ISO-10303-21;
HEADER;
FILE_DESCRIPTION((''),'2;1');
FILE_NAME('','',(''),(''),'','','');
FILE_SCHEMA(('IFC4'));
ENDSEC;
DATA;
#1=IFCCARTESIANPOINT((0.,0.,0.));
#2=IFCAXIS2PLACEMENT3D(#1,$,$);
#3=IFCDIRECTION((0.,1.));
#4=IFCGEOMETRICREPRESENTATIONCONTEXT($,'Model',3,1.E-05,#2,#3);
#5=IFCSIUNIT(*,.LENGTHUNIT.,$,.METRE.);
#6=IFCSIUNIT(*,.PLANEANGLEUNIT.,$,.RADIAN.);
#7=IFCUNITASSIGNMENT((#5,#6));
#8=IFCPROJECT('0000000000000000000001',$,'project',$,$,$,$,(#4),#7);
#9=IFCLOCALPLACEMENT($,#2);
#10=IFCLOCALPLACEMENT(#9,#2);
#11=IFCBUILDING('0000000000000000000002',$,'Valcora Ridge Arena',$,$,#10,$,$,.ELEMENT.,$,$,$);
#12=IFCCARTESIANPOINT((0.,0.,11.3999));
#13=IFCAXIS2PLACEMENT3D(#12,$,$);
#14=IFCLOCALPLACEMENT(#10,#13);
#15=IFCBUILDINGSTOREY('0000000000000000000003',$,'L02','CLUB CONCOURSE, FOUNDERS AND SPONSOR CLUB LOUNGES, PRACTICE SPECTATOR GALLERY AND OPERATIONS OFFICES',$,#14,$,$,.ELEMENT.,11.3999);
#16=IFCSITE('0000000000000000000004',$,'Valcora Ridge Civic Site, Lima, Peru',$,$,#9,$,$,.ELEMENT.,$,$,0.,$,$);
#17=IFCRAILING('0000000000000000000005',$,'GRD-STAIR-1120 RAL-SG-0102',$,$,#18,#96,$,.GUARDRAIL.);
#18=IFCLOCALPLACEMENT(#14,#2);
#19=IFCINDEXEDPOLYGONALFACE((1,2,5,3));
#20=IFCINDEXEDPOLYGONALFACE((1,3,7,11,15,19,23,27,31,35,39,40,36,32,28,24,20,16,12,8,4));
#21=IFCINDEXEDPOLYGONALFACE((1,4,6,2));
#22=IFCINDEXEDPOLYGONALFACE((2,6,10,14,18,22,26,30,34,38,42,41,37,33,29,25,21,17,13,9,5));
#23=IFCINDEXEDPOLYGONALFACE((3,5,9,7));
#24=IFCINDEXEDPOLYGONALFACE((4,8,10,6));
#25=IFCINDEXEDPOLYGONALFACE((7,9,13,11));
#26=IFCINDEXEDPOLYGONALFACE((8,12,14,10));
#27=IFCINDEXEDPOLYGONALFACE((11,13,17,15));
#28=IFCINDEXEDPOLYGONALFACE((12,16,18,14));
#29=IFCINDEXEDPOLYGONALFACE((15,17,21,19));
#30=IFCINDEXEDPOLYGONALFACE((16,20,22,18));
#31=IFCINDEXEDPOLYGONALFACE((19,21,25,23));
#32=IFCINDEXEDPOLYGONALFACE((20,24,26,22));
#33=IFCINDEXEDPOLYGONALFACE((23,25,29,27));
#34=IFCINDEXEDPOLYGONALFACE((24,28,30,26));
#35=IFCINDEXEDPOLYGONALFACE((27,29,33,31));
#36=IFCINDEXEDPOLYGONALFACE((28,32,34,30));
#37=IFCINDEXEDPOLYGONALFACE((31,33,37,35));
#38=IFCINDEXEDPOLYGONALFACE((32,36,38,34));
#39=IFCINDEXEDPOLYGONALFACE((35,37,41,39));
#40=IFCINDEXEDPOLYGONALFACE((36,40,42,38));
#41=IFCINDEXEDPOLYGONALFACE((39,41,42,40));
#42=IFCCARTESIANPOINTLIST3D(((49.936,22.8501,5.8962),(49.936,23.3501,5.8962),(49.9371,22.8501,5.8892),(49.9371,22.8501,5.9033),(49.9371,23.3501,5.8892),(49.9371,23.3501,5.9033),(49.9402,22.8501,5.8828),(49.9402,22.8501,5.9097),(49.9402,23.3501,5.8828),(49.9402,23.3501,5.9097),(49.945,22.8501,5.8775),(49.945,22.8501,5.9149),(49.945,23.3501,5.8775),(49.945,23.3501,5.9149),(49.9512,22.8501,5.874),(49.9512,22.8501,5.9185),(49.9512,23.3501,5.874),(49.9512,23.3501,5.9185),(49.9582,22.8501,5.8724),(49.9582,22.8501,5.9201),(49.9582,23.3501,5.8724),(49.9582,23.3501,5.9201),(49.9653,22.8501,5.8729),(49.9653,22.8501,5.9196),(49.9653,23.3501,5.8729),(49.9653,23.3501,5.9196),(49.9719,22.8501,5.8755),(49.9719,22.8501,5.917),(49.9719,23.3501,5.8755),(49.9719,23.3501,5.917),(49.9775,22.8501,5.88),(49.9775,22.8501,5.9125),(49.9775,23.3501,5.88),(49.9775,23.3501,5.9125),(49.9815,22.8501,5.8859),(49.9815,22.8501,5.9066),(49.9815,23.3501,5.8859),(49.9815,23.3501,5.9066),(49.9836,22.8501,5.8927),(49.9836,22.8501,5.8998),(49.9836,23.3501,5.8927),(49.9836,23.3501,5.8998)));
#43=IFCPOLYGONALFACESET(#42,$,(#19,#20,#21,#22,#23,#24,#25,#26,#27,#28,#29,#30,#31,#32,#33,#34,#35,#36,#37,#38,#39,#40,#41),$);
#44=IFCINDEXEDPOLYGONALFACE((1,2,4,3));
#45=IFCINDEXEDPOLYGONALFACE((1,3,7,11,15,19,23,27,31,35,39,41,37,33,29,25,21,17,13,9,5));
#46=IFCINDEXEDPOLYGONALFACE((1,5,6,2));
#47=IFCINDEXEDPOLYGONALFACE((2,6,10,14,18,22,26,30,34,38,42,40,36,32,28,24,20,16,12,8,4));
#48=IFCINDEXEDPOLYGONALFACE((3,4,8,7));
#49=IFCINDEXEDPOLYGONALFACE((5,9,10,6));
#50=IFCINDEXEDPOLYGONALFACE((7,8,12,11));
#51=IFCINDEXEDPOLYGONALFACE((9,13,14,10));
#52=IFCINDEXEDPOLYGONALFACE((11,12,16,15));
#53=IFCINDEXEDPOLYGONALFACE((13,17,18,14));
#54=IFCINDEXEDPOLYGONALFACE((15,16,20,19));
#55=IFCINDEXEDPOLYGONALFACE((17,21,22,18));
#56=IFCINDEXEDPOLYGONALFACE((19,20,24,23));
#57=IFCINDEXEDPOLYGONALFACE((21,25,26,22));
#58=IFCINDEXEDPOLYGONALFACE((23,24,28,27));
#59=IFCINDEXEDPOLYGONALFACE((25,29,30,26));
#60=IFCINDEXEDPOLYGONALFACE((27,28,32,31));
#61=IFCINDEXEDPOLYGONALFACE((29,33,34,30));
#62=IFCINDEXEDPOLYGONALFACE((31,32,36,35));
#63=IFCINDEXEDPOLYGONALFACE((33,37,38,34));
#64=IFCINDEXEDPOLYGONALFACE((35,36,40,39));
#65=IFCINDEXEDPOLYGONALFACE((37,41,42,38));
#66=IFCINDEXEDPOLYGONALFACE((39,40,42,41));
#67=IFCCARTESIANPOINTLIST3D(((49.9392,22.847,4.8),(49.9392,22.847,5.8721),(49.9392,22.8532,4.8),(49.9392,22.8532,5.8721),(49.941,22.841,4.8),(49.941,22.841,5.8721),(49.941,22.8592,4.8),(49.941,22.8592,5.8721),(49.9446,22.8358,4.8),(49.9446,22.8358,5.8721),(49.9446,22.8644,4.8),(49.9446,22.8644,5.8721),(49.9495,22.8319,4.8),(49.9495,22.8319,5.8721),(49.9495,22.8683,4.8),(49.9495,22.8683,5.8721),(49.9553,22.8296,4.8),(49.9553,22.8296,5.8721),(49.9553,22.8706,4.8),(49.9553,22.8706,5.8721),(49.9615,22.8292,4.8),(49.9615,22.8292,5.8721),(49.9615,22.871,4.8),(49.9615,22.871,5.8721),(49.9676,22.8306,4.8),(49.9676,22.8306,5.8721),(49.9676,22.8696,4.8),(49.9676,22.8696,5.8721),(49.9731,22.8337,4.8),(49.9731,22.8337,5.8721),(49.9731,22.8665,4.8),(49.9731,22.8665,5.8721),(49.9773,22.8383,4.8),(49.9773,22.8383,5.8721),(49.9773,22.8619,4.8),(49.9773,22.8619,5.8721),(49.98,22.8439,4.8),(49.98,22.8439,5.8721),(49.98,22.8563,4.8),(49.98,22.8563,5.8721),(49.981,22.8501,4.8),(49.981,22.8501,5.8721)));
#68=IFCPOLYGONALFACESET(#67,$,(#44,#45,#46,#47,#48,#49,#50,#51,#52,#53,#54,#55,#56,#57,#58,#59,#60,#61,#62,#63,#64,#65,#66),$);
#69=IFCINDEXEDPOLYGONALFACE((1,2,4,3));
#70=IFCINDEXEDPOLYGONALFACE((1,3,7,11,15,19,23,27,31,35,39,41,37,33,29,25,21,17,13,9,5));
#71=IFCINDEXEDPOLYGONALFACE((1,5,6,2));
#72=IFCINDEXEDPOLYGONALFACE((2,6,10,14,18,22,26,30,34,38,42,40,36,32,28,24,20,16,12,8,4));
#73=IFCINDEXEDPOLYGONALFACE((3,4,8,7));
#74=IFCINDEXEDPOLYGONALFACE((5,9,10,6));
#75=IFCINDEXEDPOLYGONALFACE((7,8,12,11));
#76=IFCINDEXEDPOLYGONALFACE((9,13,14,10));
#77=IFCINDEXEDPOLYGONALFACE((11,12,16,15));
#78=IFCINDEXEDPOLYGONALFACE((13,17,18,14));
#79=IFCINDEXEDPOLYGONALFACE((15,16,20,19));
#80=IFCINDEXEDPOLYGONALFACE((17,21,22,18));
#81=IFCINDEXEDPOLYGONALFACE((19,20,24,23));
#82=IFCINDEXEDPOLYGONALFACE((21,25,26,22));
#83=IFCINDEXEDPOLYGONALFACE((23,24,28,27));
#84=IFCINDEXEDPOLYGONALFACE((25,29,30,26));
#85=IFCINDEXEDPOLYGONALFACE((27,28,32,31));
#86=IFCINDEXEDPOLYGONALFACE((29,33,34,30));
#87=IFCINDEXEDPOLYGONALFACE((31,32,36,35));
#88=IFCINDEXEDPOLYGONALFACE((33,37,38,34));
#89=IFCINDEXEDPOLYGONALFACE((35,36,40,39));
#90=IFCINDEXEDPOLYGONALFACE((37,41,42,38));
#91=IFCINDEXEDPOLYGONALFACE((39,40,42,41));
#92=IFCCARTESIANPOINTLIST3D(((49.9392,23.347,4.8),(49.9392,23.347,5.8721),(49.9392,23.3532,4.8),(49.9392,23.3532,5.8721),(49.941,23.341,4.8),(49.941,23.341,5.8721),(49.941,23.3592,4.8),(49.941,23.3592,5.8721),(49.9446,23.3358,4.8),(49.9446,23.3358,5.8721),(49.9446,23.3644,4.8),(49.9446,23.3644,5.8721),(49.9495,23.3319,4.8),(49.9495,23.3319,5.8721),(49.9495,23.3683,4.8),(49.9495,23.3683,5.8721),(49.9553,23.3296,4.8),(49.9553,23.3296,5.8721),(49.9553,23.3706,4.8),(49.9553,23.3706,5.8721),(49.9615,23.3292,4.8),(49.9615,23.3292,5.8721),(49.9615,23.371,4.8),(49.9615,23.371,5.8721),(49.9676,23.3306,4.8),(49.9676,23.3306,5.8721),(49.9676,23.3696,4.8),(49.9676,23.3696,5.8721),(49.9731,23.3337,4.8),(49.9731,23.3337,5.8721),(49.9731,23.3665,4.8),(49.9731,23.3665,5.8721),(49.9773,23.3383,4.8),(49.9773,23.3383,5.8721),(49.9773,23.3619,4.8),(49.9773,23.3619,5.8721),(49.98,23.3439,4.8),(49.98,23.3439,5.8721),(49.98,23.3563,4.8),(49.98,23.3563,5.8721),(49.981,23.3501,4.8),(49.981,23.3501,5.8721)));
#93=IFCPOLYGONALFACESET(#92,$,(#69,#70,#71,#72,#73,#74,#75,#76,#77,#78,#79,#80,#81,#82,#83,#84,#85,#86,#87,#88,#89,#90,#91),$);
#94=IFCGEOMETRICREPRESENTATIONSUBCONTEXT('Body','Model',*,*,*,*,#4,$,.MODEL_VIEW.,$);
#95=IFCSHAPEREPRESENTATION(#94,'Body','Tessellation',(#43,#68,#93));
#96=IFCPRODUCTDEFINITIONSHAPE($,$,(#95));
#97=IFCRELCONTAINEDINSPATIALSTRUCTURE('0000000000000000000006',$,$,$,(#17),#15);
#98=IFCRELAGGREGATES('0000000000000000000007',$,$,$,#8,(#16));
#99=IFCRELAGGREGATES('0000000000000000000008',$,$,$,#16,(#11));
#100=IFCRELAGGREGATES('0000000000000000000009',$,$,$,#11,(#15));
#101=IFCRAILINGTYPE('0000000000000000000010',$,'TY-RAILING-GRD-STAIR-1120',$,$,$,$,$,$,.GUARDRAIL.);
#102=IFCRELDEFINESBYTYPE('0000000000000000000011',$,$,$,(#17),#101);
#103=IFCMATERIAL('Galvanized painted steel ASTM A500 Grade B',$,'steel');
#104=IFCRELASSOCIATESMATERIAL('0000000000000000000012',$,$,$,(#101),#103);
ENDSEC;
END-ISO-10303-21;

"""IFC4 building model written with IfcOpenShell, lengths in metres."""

from ifc_helpers import new_model, si_unit, direction, frame, origin, origin_2d, place, context, subcontext, project, spatial, circle, extrude, material, type_object, element, save


model = new_model("IFC4")

# Units and contexts
model_context = context("Model", 3, precision=1e-05, world=origin(), true_north=direction((0.0, 1.0)))
body_context = subcontext(model_context, "Body", "Model", "MODEL_VIEW")
ifc_project = project(units=[si_unit("LENGTHUNIT", "METRE"), si_unit("PLANEANGLEUNIT", "RADIAN")], contexts=[model_context])

# Site, building, storey
site_placement = place(None, origin())
site = spatial("IfcSite", under=ifc_project, at=site_placement, Name="Valcora Ridge Civic Site, Lima, Peru", CompositionType="ELEMENT", RefElevation=0.0)
building_placement = place(site_placement, origin())
building = spatial("IfcBuilding", under=site, at=building_placement, Name="Valcora Ridge Arena", CompositionType="ELEMENT")
storey_placement = place(building_placement, frame((0.0, 0.0, 11.3999)))
storey = spatial("IfcBuildingStorey", under=building, at=storey_placement, Name="L02", Description="CLUB CONCOURSE, FOUNDERS AND SPONSOR CLUB LOUNGES, PRACTICE SPECTATOR GALLERY AND OPERATIONS OFFICES", CompositionType="ELEMENT", Elevation=11.3999)

# Railing
ifc_material_1 = material(Name="Galvanized painted steel ASTM A500 Grade B", Category="steel")
railing_type_1 = type_object("IfcRailingType", Name="TY-RAILING-GRD-STAIR-1120", PredefinedType="GUARDRAIL", material=ifc_material_1)
railing_1_placement = place(storey_placement, frame((49.96, 22.8501, 4.8)))
element("IfcRailing", 1, at=railing_1_placement, inside=storey, type_object=railing_type_1, Name="GRD-STAIR-1120 RAL-SG-0102", PredefinedType="GUARDRAIL", context=body_context, shape_type="SweptSolid", body=[
    extrude(circle(Radius=0.0239, at=origin_2d()), frame((0.0, 0.0, 1.0962), z_axis=(0.0, 1.0, 0.0), x_axis=(-1.0, 0.0, 0.0)), (0.0, 0.0, 1.0), 0.5),
    extrude(circle(Radius=0.021, at=origin_2d()), origin(), (0.0, 0.0, 1.0), 1.072),
    extrude(circle(Radius=0.021, at=origin_2d()), frame((0.0, 0.5, 0.0)), (0.0, 0.0, 1.0), 1.072),
])

save(model, "model.ifc")
